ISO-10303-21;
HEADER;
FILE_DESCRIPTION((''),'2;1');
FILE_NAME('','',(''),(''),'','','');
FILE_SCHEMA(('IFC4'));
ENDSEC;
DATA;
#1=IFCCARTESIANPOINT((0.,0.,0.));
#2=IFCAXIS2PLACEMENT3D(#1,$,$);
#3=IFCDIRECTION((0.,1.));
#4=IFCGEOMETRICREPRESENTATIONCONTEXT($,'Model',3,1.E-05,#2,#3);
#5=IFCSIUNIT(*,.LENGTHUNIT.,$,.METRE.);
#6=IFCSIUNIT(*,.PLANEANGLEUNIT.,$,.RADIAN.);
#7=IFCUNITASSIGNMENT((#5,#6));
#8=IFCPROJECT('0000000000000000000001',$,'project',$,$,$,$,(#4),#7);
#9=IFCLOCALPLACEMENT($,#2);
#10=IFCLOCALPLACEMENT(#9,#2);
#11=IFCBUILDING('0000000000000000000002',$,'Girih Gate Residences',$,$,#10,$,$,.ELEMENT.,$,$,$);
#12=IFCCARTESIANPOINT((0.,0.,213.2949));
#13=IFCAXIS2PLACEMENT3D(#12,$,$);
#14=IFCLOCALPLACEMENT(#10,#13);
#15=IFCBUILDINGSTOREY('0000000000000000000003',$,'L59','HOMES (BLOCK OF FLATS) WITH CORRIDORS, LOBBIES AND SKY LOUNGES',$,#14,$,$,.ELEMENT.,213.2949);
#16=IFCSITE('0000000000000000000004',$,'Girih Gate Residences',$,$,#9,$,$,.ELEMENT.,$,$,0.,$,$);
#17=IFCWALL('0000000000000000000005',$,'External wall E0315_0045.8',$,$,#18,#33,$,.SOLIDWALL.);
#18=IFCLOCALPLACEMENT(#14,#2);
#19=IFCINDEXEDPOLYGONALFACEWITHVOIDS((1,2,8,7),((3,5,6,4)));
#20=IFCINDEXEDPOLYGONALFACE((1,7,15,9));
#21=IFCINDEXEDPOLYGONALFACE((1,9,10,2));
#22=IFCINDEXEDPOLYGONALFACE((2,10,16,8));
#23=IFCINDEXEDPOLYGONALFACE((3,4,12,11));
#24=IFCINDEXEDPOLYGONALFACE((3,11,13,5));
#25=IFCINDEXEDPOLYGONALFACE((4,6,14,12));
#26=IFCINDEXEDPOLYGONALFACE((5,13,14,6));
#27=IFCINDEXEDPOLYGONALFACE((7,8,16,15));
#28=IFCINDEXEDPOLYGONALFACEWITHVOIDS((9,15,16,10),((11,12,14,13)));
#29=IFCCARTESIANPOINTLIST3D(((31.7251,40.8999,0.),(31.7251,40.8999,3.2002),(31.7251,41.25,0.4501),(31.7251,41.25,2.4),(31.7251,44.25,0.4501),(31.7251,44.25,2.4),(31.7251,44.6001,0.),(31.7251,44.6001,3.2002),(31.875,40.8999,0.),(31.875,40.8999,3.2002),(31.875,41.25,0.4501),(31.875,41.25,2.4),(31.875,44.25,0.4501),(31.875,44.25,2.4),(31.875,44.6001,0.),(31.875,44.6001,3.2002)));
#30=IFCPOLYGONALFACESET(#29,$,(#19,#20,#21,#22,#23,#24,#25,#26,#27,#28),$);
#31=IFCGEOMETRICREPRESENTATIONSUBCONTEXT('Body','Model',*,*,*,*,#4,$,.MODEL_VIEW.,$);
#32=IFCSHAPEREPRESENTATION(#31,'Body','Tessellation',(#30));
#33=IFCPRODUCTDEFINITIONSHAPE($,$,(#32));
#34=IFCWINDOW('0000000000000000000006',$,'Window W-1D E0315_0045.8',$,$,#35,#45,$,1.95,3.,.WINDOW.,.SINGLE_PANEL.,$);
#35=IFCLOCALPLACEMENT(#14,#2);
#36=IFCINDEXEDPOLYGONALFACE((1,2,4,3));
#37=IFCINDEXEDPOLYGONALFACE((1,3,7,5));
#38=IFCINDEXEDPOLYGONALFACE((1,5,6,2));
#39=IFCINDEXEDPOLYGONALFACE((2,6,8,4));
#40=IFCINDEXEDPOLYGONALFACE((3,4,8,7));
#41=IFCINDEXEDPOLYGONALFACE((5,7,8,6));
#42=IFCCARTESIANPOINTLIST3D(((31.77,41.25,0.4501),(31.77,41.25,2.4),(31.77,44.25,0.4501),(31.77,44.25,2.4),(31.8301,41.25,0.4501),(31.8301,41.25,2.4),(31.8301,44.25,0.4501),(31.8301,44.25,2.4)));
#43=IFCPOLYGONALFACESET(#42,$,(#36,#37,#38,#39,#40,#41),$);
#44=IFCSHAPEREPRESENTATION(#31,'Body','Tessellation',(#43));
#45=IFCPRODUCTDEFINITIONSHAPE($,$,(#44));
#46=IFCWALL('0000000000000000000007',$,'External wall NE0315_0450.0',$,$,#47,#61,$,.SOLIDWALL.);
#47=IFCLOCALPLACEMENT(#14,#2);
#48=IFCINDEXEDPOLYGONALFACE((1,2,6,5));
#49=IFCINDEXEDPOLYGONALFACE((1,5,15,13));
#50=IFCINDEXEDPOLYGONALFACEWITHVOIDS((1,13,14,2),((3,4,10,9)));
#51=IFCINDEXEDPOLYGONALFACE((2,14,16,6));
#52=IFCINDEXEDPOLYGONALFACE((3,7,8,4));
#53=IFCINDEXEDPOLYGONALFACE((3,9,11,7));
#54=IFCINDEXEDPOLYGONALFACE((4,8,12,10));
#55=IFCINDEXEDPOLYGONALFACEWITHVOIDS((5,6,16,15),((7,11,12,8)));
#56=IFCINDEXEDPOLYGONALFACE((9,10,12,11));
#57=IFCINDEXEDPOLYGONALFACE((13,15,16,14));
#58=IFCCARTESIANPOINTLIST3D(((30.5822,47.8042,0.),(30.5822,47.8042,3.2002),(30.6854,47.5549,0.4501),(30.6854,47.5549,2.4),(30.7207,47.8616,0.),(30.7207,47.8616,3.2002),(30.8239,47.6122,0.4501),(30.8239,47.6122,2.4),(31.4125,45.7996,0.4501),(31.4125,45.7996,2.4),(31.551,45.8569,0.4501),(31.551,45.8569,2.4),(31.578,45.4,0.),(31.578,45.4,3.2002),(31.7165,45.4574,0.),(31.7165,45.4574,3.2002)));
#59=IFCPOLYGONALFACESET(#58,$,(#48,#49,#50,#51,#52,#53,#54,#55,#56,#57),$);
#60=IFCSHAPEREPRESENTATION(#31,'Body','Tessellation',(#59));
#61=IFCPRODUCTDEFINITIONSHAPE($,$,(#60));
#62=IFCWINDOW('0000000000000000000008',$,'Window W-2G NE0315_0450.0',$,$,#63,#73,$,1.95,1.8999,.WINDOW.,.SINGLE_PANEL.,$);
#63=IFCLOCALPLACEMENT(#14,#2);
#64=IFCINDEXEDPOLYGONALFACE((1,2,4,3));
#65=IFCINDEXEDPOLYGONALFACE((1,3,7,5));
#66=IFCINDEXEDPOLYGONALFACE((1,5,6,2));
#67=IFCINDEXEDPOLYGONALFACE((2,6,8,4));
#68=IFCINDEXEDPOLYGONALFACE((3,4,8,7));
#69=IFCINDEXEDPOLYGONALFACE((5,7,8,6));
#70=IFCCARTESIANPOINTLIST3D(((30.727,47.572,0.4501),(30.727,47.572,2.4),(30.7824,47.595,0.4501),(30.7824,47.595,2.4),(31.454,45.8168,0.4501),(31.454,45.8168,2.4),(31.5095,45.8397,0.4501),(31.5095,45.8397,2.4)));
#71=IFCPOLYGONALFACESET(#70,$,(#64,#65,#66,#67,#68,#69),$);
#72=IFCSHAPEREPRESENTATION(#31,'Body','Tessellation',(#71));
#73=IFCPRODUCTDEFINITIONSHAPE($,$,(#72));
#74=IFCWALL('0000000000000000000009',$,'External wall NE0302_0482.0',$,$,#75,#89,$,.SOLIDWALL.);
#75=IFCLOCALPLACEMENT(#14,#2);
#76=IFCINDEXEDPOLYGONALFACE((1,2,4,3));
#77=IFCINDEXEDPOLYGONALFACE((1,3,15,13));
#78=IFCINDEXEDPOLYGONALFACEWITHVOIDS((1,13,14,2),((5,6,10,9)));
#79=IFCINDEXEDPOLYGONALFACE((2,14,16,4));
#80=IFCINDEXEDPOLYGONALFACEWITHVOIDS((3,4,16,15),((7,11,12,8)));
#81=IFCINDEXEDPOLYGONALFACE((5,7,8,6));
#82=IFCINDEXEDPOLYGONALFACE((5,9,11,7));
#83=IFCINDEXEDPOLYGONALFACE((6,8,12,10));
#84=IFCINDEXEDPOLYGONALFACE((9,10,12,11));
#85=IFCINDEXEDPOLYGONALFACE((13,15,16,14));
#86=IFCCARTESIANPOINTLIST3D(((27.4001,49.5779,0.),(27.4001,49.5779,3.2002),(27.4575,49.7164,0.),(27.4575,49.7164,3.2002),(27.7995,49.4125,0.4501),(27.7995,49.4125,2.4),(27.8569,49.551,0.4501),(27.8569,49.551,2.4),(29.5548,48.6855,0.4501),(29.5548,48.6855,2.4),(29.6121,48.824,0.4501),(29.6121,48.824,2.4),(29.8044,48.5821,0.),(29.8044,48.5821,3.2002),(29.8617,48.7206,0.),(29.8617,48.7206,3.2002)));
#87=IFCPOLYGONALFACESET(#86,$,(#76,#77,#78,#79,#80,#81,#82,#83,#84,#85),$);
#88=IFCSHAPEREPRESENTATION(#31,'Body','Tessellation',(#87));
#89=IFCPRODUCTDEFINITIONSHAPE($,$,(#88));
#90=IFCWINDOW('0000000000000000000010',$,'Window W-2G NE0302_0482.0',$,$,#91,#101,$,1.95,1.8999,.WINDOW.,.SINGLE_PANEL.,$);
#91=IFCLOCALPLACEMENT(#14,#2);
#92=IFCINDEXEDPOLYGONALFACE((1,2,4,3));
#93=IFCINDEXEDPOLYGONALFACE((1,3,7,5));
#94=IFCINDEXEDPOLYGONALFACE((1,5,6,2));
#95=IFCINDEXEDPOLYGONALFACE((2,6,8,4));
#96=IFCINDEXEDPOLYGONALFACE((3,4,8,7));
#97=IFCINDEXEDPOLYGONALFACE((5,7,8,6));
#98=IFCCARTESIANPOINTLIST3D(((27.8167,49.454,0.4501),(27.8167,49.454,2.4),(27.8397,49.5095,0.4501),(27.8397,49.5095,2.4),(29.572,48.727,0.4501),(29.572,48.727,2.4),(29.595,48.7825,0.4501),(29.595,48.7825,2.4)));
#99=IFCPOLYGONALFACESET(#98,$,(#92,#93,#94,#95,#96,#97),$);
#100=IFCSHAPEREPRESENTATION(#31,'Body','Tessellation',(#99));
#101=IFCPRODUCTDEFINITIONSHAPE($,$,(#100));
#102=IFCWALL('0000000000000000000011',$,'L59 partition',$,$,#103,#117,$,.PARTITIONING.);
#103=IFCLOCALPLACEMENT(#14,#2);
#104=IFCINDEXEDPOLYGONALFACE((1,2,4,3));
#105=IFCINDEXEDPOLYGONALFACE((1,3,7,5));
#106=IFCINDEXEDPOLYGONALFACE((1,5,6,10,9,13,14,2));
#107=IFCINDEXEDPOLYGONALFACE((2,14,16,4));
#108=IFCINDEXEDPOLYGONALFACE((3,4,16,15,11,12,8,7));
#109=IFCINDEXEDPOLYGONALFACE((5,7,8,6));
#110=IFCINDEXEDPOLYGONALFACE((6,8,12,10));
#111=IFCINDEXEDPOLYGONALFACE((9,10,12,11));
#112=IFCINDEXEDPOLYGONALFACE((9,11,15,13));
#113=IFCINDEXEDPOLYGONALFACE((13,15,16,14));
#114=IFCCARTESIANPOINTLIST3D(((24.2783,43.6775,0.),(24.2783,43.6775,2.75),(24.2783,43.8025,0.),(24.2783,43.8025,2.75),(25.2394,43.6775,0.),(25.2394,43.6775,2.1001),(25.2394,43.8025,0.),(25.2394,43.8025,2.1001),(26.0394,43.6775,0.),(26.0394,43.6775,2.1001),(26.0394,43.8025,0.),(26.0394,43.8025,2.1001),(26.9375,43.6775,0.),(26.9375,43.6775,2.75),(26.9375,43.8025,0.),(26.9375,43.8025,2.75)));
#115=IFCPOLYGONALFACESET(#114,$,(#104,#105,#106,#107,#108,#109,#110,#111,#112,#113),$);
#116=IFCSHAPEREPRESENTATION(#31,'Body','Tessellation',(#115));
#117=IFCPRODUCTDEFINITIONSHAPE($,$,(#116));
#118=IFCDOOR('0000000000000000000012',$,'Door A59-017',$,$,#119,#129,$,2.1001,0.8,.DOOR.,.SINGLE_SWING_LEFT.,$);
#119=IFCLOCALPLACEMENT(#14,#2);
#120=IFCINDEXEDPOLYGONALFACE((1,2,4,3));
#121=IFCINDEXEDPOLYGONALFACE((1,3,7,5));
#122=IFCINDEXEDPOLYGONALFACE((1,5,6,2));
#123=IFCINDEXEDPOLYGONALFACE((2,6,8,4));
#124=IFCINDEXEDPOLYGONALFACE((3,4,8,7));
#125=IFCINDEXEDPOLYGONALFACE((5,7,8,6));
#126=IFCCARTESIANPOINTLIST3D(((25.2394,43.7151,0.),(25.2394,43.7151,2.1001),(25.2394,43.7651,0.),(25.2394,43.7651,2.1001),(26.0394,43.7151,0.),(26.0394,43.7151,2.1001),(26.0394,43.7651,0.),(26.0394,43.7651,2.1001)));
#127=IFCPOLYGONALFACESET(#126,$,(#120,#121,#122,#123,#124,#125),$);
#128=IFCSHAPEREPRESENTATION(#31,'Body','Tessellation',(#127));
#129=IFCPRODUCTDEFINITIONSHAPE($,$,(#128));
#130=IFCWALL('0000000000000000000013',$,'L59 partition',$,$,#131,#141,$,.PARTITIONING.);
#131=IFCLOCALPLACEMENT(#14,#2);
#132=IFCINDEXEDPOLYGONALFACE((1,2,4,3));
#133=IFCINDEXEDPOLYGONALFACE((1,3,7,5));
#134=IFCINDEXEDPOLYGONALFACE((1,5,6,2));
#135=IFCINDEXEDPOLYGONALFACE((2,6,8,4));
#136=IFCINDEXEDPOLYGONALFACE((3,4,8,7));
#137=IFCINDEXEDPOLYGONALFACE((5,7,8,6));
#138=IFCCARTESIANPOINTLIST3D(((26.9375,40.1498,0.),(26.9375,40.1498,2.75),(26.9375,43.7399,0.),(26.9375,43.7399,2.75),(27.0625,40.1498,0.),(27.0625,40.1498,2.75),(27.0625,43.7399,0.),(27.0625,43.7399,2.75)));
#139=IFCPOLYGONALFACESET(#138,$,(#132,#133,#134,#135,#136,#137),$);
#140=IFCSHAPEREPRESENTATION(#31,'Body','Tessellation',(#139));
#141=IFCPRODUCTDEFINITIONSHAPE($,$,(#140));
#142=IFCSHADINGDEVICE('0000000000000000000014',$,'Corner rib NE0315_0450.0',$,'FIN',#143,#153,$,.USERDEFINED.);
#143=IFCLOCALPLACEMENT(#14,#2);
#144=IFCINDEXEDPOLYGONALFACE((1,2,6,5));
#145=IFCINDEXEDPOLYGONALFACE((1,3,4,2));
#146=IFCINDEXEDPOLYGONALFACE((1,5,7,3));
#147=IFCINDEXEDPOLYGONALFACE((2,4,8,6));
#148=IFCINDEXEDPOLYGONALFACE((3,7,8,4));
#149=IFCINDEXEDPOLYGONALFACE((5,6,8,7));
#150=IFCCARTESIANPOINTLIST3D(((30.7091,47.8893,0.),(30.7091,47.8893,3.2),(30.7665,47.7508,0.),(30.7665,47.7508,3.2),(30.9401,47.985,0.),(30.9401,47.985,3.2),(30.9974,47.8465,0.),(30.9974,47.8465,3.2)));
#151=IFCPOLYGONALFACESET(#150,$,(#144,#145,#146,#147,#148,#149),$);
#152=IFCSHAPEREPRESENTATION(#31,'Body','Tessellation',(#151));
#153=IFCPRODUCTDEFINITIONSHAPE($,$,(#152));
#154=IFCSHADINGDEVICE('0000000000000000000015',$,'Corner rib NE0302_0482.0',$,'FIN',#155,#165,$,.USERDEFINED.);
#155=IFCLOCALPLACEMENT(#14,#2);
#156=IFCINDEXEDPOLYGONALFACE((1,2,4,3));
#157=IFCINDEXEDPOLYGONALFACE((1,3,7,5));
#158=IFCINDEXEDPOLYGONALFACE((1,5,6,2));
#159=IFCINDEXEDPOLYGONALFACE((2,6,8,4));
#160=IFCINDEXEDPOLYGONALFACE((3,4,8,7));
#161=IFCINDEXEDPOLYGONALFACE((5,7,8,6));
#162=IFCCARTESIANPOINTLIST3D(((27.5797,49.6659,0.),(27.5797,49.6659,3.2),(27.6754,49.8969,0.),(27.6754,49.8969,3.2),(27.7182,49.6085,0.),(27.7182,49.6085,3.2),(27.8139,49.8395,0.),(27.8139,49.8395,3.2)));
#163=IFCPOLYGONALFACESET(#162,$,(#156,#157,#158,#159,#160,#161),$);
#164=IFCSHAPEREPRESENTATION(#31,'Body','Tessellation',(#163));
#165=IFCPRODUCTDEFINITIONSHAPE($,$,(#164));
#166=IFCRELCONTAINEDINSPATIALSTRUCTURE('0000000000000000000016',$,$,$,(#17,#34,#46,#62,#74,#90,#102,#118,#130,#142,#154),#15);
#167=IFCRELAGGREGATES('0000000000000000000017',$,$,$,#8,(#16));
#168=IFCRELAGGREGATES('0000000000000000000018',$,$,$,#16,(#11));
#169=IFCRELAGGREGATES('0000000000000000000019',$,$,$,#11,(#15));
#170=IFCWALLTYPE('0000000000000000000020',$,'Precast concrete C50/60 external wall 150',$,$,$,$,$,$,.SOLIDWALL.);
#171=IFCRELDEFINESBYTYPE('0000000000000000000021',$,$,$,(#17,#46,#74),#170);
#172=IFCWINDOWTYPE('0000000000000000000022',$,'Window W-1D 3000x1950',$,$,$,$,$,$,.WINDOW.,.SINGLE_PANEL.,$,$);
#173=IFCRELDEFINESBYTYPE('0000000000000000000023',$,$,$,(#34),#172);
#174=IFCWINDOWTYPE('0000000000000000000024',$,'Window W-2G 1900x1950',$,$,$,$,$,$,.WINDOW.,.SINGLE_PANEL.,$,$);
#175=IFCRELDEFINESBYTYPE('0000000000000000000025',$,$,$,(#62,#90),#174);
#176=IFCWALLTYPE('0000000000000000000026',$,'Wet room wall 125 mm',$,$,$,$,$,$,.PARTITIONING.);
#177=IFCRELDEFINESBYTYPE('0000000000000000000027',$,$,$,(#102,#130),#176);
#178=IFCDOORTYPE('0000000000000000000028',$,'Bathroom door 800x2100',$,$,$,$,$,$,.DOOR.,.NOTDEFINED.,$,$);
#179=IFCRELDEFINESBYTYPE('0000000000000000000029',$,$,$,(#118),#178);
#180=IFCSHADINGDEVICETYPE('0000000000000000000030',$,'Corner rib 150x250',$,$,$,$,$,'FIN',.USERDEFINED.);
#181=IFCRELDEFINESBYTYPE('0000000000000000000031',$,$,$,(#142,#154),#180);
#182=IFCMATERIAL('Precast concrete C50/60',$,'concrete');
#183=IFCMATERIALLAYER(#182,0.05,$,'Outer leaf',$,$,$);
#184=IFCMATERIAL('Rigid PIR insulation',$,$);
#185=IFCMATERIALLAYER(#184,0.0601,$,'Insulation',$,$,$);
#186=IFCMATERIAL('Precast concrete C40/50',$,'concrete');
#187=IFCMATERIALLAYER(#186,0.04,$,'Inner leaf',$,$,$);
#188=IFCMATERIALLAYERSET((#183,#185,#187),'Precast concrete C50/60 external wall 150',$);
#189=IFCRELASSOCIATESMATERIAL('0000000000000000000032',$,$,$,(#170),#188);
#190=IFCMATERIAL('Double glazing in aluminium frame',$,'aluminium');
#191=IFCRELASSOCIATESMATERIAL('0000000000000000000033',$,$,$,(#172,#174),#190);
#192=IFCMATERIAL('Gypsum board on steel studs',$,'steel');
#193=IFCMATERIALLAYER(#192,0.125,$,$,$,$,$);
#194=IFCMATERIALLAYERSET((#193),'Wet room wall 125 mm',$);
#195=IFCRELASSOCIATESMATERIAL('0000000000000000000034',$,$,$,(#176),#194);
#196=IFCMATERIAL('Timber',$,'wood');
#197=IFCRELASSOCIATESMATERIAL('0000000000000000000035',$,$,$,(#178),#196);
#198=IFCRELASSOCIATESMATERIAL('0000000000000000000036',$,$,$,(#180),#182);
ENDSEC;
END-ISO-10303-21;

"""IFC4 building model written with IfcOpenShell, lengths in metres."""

from ifc_helpers import new_model, si_unit, direction, frame, frame_2d, origin, origin_2d, place, context, subcontext, project, spatial, rectangle, extrude, material, layer, layer_set, type_object, element, fill, save


model = new_model("IFC4")

# Units and contexts
model_context = context("Model", 3, precision=1e-05, world=origin(), true_north=direction((0.0, 1.0)))
body_context = subcontext(model_context, "Body", "Model", "MODEL_VIEW")
ifc_project = project(units=[si_unit("LENGTHUNIT", "METRE"), si_unit("PLANEANGLEUNIT", "RADIAN")], contexts=[model_context])

# Site, building, storey
site_placement = place(None, origin())
site = spatial("IfcSite", under=ifc_project, at=site_placement, Name="Girih Gate Residences", CompositionType="ELEMENT", RefElevation=0.0)
building_placement = place(site_placement, origin())
building = spatial("IfcBuilding", under=site, at=building_placement, Name="Girih Gate Residences", CompositionType="ELEMENT")
storey_placement = place(building_placement, frame((0.0, 0.0, 213.2949)))
storey = spatial("IfcBuildingStorey", under=building, at=storey_placement, Name="L59", Description="HOMES (BLOCK OF FLATS) WITH CORRIDORS, LOBBIES AND SKY LOUNGES", CompositionType="ELEMENT", Elevation=213.2949)

# Shared definitions
ifc_material_1 = material(Name="Gypsum board on steel studs", Category="steel")

# Shared definitions
ifc_material_2 = material(Name="Timber", Category="wood")

# Walls, openings, windows
ifc_material_3 = material(Name="Precast concrete C50/60", Category="concrete")
ifc_layer_1 = layer(ifc_material_3, 0.05, Name="Outer leaf")
ifc_material_4 = material(Name="Rigid PIR insulation")
ifc_layer_2 = layer(ifc_material_4, 0.0601, Name="Insulation")
ifc_material_5 = material(Name="Precast concrete C40/50", Category="concrete")
ifc_layer_3 = layer(ifc_material_5, 0.04, Name="Inner leaf")
ifc_layer_set_1 = layer_set([ifc_layer_1, ifc_layer_2, ifc_layer_3], Name="Precast concrete C50/60 external wall 150")
wall_type_1 = type_object("IfcWallType", Name="Precast concrete C50/60 external wall 150", PredefinedType="SOLIDWALL", material=ifc_layer_set_1)
wall_1_placement = place(storey_placement, frame((31.8, 44.6001, 0.0), z_axis=(0.0, 0.0, 1.0), x_axis=(0.0, -1.0, 0.0)))
wall_1 = element("IfcWall", 1, at=wall_1_placement, inside=storey, type_object=wall_type_1, Name="External wall E0315_0045.8", PredefinedType="SOLIDWALL", context=body_context, shape_type="SweptSolid", body=[
    extrude(rectangle(XDim=3.7002, YDim=0.1499, at=frame_2d((1.8501, 0.0))), origin(), (0.0, 0.0, 1.0), 3.2002),
])
opening_1_placement = place(wall_1_placement, frame((0.3501, 0.0, 0.45)))
opening_1 = element("IfcOpeningElement", 2, at=opening_1_placement, cuts=wall_1, PredefinedType="OPENING", context=body_context, shape_type="SweptSolid", body=[
    extrude(rectangle(XDim=3.0, YDim=1.95, at=frame_2d((1.5, 0.9751))), frame((0.0, 0.085, 0.0), z_axis=(0.0, -1.0, 0.0), x_axis=(1.0, 0.0, 0.0)), (0.0, 0.0, 1.0), 0.1699),
])
ifc_material_6 = material(Name="Double glazing in aluminium frame", Category="aluminium")
window_type_1 = type_object("IfcWindowType", Name="Window W-1D 3000x1950", PartitioningType="SINGLE_PANEL", PredefinedType="WINDOW", material=ifc_material_6)
window_1_placement = place(opening_1_placement, origin())
window_1 = element("IfcWindow", 3, at=window_1_placement, inside=storey, type_object=window_type_1, Name="Window W-1D E0315_0045.8", OverallHeight=1.95, OverallWidth=3.0, PartitioningType="SINGLE_PANEL", PredefinedType="WINDOW", context=body_context, shape_type="SweptSolid", body=[
    extrude(rectangle(XDim=3.0, YDim=1.95, at=frame_2d((1.5, 0.9751))), frame((0.0, 0.03, 0.0), z_axis=(0.0, -1.0, 0.0), x_axis=(1.0, 0.0, 0.0)), (0.0, 0.0, 1.0), 0.0601),
])
fill(opening_1, window_1)
wall_2_placement = place(storey_placement, frame((30.6514, 47.833, 0.0), z_axis=(0.0, 0.0, 1.0), x_axis=(0.382669, -0.923885, 0.0)))
wall_2 = element("IfcWall", 4, at=wall_2_placement, inside=storey, type_object=wall_type_1, Name="External wall NE0315_0450.0", PredefinedType="SOLIDWALL", context=body_context, shape_type="SweptSolid", body=[
    extrude(rectangle(XDim=2.6023, YDim=0.1499, at=frame_2d((1.3013, 0.0))), origin(), (0.0, 0.0, 1.0), 3.2002),
])
opening_2_placement = place(wall_2_placement, frame((0.27, 0.0, 0.45)))
opening_2 = element("IfcOpeningElement", 5, at=opening_2_placement, cuts=wall_2, PredefinedType="OPENING", context=body_context, shape_type="SweptSolid", body=[
    extrude(rectangle(XDim=1.8999, YDim=1.95, at=frame_2d((0.95, 0.9751))), frame((0.0, 0.085, 0.0), z_axis=(0.0, -1.0, 0.0), x_axis=(1.0, 0.0, 0.0)), (0.0, 0.0, 1.0), 0.1699),
])
window_type_2 = type_object("IfcWindowType", Name="Window W-2G 1900x1950", PartitioningType="SINGLE_PANEL", PredefinedType="WINDOW", material=ifc_material_6)
window_2_placement = place(opening_2_placement, origin())
window_2 = element("IfcWindow", 6, at=window_2_placement, inside=storey, type_object=window_type_2, Name="Window W-2G NE0315_0450.0", OverallHeight=1.95, OverallWidth=1.8999, PartitioningType="SINGLE_PANEL", PredefinedType="WINDOW", context=body_context, shape_type="SweptSolid", body=[
    extrude(rectangle(XDim=1.8999, YDim=1.95, at=frame_2d((0.95, 0.9751))), frame((0.0, 0.03, 0.0), z_axis=(0.0, -1.0, 0.0), x_axis=(1.0, 0.0, 0.0)), (0.0, 0.0, 1.0), 0.0601),
])
fill(opening_2, window_2)
wall_3_placement = place(storey_placement, frame((27.4287, 49.6472, 0.0), z_axis=(0.0, 0.0, 1.0), x_axis=(0.923885, -0.382669, 0.0)))
wall_3 = element("IfcWall", 7, at=wall_3_placement, inside=storey, type_object=wall_type_1, Name="External wall NE0302_0482.0", PredefinedType="SOLIDWALL", context=body_context, shape_type="SweptSolid", body=[
    extrude(rectangle(XDim=2.6023, YDim=0.1499, at=frame_2d((1.3013, 0.0))), origin(), (0.0, 0.0, 1.0), 3.2002),
])
opening_3_placement = place(wall_3_placement, frame((0.4324, 0.0, 0.45)))
opening_3 = element("IfcOpeningElement", 8, at=opening_3_placement, cuts=wall_3, PredefinedType="OPENING", context=body_context, shape_type="SweptSolid", body=[
    extrude(rectangle(XDim=1.8999, YDim=1.95, at=frame_2d((0.95, 0.9751))), frame((0.0, 0.085, 0.0), z_axis=(0.0, -1.0, 0.0), x_axis=(1.0, 0.0, 0.0)), (0.0, 0.0, 1.0), 0.1699),
])
window_3_placement = place(opening_3_placement, origin())
window_3 = element("IfcWindow", 9, at=window_3_placement, inside=storey, type_object=window_type_2, Name="Window W-2G NE0302_0482.0", OverallHeight=1.95, OverallWidth=1.8999, PartitioningType="SINGLE_PANEL", PredefinedType="WINDOW", context=body_context, shape_type="SweptSolid", body=[
    extrude(rectangle(XDim=1.8999, YDim=1.95, at=frame_2d((0.95, 0.9751))), frame((0.0, 0.03, 0.0), z_axis=(0.0, -1.0, 0.0), x_axis=(1.0, 0.0, 0.0)), (0.0, 0.0, 1.0), 0.0601),
])
fill(opening_3, window_3)

# Wall, opening, door
ifc_layer_4 = layer(ifc_material_1, 0.125)
ifc_layer_set_2 = layer_set([ifc_layer_4], Name="Wet room wall 125 mm")
wall_type_2 = type_object("IfcWallType", Name="Wet room wall 125 mm", PredefinedType="PARTITIONING", material=ifc_layer_set_2)
wall_4_placement = place(storey_placement, frame((26.9375, 43.74, 0.0), z_axis=(0.0, 0.0, 1.0), x_axis=(-1.0, 0.0, 0.0)))
wall_4 = element("IfcWall", 10, at=wall_4_placement, inside=storey, type_object=wall_type_2, Name="L59 partition", PredefinedType="PARTITIONING", context=body_context, shape_type="SweptSolid", body=[
    extrude(rectangle(XDim=2.6592, YDim=0.125, at=frame_2d((1.3296, 0.0))), origin(), (0.0, 0.0, 1.0), 2.75),
])
opening_4_placement = place(wall_4_placement, frame((0.8982, 0.0, 0.0)))
opening_4 = element("IfcOpeningElement", 11, at=opening_4_placement, cuts=wall_4, PredefinedType="OPENING", context=body_context, shape_type="SweptSolid", body=[
    extrude(rectangle(XDim=0.8, YDim=2.1001, at=frame_2d((0.3999, 1.05))), frame((0.0, 0.0725, 0.0), z_axis=(0.0, -1.0, 0.0), x_axis=(1.0, 0.0, 0.0)), (0.0, 0.0, 1.0), 0.145),
])
door_type_1 = type_object("IfcDoorType", Name="Bathroom door 800x2100", OperationType="NOTDEFINED", PredefinedType="DOOR", material=ifc_material_2)
door_1_placement = place(opening_4_placement, origin())
door_1 = element("IfcDoor", 12, at=door_1_placement, inside=storey, type_object=door_type_1, Name="Door A59-017", OperationType="SINGLE_SWING_LEFT", OverallHeight=2.1001, OverallWidth=0.8, PredefinedType="DOOR", context=body_context, shape_type="SweptSolid", body=[
    extrude(rectangle(XDim=0.8, YDim=2.1001, at=frame_2d((0.3999, 1.05))), frame((0.0, 0.0249, 0.0), z_axis=(0.0, -1.0, 0.0), x_axis=(1.0, 0.0, 0.0)), (0.0, 0.0, 1.0), 0.05),
])
fill(opening_4, door_1)

# Wall
wall_5_placement = place(storey_placement, frame((27.0, 40.1499, 0.0), z_axis=(0.0, 0.0, 1.0), x_axis=(0.0, 1.0, 0.0)))
element("IfcWall", 13, at=wall_5_placement, inside=storey, type_object=wall_type_2, Name="L59 partition", PredefinedType="PARTITIONING", context=body_context, shape_type="SweptSolid", body=[
    extrude(rectangle(XDim=3.5901, YDim=0.125, at=frame_2d((1.7949, 0.0))), origin(), (0.0, 0.0, 1.0), 2.75),
])

# Shading devices
shading_device_type = type_object("IfcShadingDeviceType", Name="Corner rib 150x250", ElementType="FIN", PredefinedType="USERDEFINED", material=ifc_material_3)
for number, where, z_axis, x_axis, name in (
    (14, (30.8533, 47.8679, 0.0), (0.0, 0.0, 1.0), (-0.382683, 0.92388, 0.0), "Corner rib NE0315_0450.0"),
    (15, (27.6968, 49.7527, 0.0), (0.0, 0.0, 1.0), (-0.92388, 0.382683, 0.0), "Corner rib NE0302_0482.0"),
):
    element("IfcShadingDevice", number, at=place(storey_placement, frame(where, z_axis=z_axis, x_axis=x_axis)), inside=storey, type_object=shading_device_type, Name=name, ObjectType="FIN", PredefinedType="USERDEFINED", context=body_context, shape_type="SweptSolid", body=[
        extrude(rectangle(XDim=0.1499, YDim=0.25, at=origin_2d()), origin(), (0.0, 0.0, 1.0), 3.2),
    ])

save(model, "model.ifc")
